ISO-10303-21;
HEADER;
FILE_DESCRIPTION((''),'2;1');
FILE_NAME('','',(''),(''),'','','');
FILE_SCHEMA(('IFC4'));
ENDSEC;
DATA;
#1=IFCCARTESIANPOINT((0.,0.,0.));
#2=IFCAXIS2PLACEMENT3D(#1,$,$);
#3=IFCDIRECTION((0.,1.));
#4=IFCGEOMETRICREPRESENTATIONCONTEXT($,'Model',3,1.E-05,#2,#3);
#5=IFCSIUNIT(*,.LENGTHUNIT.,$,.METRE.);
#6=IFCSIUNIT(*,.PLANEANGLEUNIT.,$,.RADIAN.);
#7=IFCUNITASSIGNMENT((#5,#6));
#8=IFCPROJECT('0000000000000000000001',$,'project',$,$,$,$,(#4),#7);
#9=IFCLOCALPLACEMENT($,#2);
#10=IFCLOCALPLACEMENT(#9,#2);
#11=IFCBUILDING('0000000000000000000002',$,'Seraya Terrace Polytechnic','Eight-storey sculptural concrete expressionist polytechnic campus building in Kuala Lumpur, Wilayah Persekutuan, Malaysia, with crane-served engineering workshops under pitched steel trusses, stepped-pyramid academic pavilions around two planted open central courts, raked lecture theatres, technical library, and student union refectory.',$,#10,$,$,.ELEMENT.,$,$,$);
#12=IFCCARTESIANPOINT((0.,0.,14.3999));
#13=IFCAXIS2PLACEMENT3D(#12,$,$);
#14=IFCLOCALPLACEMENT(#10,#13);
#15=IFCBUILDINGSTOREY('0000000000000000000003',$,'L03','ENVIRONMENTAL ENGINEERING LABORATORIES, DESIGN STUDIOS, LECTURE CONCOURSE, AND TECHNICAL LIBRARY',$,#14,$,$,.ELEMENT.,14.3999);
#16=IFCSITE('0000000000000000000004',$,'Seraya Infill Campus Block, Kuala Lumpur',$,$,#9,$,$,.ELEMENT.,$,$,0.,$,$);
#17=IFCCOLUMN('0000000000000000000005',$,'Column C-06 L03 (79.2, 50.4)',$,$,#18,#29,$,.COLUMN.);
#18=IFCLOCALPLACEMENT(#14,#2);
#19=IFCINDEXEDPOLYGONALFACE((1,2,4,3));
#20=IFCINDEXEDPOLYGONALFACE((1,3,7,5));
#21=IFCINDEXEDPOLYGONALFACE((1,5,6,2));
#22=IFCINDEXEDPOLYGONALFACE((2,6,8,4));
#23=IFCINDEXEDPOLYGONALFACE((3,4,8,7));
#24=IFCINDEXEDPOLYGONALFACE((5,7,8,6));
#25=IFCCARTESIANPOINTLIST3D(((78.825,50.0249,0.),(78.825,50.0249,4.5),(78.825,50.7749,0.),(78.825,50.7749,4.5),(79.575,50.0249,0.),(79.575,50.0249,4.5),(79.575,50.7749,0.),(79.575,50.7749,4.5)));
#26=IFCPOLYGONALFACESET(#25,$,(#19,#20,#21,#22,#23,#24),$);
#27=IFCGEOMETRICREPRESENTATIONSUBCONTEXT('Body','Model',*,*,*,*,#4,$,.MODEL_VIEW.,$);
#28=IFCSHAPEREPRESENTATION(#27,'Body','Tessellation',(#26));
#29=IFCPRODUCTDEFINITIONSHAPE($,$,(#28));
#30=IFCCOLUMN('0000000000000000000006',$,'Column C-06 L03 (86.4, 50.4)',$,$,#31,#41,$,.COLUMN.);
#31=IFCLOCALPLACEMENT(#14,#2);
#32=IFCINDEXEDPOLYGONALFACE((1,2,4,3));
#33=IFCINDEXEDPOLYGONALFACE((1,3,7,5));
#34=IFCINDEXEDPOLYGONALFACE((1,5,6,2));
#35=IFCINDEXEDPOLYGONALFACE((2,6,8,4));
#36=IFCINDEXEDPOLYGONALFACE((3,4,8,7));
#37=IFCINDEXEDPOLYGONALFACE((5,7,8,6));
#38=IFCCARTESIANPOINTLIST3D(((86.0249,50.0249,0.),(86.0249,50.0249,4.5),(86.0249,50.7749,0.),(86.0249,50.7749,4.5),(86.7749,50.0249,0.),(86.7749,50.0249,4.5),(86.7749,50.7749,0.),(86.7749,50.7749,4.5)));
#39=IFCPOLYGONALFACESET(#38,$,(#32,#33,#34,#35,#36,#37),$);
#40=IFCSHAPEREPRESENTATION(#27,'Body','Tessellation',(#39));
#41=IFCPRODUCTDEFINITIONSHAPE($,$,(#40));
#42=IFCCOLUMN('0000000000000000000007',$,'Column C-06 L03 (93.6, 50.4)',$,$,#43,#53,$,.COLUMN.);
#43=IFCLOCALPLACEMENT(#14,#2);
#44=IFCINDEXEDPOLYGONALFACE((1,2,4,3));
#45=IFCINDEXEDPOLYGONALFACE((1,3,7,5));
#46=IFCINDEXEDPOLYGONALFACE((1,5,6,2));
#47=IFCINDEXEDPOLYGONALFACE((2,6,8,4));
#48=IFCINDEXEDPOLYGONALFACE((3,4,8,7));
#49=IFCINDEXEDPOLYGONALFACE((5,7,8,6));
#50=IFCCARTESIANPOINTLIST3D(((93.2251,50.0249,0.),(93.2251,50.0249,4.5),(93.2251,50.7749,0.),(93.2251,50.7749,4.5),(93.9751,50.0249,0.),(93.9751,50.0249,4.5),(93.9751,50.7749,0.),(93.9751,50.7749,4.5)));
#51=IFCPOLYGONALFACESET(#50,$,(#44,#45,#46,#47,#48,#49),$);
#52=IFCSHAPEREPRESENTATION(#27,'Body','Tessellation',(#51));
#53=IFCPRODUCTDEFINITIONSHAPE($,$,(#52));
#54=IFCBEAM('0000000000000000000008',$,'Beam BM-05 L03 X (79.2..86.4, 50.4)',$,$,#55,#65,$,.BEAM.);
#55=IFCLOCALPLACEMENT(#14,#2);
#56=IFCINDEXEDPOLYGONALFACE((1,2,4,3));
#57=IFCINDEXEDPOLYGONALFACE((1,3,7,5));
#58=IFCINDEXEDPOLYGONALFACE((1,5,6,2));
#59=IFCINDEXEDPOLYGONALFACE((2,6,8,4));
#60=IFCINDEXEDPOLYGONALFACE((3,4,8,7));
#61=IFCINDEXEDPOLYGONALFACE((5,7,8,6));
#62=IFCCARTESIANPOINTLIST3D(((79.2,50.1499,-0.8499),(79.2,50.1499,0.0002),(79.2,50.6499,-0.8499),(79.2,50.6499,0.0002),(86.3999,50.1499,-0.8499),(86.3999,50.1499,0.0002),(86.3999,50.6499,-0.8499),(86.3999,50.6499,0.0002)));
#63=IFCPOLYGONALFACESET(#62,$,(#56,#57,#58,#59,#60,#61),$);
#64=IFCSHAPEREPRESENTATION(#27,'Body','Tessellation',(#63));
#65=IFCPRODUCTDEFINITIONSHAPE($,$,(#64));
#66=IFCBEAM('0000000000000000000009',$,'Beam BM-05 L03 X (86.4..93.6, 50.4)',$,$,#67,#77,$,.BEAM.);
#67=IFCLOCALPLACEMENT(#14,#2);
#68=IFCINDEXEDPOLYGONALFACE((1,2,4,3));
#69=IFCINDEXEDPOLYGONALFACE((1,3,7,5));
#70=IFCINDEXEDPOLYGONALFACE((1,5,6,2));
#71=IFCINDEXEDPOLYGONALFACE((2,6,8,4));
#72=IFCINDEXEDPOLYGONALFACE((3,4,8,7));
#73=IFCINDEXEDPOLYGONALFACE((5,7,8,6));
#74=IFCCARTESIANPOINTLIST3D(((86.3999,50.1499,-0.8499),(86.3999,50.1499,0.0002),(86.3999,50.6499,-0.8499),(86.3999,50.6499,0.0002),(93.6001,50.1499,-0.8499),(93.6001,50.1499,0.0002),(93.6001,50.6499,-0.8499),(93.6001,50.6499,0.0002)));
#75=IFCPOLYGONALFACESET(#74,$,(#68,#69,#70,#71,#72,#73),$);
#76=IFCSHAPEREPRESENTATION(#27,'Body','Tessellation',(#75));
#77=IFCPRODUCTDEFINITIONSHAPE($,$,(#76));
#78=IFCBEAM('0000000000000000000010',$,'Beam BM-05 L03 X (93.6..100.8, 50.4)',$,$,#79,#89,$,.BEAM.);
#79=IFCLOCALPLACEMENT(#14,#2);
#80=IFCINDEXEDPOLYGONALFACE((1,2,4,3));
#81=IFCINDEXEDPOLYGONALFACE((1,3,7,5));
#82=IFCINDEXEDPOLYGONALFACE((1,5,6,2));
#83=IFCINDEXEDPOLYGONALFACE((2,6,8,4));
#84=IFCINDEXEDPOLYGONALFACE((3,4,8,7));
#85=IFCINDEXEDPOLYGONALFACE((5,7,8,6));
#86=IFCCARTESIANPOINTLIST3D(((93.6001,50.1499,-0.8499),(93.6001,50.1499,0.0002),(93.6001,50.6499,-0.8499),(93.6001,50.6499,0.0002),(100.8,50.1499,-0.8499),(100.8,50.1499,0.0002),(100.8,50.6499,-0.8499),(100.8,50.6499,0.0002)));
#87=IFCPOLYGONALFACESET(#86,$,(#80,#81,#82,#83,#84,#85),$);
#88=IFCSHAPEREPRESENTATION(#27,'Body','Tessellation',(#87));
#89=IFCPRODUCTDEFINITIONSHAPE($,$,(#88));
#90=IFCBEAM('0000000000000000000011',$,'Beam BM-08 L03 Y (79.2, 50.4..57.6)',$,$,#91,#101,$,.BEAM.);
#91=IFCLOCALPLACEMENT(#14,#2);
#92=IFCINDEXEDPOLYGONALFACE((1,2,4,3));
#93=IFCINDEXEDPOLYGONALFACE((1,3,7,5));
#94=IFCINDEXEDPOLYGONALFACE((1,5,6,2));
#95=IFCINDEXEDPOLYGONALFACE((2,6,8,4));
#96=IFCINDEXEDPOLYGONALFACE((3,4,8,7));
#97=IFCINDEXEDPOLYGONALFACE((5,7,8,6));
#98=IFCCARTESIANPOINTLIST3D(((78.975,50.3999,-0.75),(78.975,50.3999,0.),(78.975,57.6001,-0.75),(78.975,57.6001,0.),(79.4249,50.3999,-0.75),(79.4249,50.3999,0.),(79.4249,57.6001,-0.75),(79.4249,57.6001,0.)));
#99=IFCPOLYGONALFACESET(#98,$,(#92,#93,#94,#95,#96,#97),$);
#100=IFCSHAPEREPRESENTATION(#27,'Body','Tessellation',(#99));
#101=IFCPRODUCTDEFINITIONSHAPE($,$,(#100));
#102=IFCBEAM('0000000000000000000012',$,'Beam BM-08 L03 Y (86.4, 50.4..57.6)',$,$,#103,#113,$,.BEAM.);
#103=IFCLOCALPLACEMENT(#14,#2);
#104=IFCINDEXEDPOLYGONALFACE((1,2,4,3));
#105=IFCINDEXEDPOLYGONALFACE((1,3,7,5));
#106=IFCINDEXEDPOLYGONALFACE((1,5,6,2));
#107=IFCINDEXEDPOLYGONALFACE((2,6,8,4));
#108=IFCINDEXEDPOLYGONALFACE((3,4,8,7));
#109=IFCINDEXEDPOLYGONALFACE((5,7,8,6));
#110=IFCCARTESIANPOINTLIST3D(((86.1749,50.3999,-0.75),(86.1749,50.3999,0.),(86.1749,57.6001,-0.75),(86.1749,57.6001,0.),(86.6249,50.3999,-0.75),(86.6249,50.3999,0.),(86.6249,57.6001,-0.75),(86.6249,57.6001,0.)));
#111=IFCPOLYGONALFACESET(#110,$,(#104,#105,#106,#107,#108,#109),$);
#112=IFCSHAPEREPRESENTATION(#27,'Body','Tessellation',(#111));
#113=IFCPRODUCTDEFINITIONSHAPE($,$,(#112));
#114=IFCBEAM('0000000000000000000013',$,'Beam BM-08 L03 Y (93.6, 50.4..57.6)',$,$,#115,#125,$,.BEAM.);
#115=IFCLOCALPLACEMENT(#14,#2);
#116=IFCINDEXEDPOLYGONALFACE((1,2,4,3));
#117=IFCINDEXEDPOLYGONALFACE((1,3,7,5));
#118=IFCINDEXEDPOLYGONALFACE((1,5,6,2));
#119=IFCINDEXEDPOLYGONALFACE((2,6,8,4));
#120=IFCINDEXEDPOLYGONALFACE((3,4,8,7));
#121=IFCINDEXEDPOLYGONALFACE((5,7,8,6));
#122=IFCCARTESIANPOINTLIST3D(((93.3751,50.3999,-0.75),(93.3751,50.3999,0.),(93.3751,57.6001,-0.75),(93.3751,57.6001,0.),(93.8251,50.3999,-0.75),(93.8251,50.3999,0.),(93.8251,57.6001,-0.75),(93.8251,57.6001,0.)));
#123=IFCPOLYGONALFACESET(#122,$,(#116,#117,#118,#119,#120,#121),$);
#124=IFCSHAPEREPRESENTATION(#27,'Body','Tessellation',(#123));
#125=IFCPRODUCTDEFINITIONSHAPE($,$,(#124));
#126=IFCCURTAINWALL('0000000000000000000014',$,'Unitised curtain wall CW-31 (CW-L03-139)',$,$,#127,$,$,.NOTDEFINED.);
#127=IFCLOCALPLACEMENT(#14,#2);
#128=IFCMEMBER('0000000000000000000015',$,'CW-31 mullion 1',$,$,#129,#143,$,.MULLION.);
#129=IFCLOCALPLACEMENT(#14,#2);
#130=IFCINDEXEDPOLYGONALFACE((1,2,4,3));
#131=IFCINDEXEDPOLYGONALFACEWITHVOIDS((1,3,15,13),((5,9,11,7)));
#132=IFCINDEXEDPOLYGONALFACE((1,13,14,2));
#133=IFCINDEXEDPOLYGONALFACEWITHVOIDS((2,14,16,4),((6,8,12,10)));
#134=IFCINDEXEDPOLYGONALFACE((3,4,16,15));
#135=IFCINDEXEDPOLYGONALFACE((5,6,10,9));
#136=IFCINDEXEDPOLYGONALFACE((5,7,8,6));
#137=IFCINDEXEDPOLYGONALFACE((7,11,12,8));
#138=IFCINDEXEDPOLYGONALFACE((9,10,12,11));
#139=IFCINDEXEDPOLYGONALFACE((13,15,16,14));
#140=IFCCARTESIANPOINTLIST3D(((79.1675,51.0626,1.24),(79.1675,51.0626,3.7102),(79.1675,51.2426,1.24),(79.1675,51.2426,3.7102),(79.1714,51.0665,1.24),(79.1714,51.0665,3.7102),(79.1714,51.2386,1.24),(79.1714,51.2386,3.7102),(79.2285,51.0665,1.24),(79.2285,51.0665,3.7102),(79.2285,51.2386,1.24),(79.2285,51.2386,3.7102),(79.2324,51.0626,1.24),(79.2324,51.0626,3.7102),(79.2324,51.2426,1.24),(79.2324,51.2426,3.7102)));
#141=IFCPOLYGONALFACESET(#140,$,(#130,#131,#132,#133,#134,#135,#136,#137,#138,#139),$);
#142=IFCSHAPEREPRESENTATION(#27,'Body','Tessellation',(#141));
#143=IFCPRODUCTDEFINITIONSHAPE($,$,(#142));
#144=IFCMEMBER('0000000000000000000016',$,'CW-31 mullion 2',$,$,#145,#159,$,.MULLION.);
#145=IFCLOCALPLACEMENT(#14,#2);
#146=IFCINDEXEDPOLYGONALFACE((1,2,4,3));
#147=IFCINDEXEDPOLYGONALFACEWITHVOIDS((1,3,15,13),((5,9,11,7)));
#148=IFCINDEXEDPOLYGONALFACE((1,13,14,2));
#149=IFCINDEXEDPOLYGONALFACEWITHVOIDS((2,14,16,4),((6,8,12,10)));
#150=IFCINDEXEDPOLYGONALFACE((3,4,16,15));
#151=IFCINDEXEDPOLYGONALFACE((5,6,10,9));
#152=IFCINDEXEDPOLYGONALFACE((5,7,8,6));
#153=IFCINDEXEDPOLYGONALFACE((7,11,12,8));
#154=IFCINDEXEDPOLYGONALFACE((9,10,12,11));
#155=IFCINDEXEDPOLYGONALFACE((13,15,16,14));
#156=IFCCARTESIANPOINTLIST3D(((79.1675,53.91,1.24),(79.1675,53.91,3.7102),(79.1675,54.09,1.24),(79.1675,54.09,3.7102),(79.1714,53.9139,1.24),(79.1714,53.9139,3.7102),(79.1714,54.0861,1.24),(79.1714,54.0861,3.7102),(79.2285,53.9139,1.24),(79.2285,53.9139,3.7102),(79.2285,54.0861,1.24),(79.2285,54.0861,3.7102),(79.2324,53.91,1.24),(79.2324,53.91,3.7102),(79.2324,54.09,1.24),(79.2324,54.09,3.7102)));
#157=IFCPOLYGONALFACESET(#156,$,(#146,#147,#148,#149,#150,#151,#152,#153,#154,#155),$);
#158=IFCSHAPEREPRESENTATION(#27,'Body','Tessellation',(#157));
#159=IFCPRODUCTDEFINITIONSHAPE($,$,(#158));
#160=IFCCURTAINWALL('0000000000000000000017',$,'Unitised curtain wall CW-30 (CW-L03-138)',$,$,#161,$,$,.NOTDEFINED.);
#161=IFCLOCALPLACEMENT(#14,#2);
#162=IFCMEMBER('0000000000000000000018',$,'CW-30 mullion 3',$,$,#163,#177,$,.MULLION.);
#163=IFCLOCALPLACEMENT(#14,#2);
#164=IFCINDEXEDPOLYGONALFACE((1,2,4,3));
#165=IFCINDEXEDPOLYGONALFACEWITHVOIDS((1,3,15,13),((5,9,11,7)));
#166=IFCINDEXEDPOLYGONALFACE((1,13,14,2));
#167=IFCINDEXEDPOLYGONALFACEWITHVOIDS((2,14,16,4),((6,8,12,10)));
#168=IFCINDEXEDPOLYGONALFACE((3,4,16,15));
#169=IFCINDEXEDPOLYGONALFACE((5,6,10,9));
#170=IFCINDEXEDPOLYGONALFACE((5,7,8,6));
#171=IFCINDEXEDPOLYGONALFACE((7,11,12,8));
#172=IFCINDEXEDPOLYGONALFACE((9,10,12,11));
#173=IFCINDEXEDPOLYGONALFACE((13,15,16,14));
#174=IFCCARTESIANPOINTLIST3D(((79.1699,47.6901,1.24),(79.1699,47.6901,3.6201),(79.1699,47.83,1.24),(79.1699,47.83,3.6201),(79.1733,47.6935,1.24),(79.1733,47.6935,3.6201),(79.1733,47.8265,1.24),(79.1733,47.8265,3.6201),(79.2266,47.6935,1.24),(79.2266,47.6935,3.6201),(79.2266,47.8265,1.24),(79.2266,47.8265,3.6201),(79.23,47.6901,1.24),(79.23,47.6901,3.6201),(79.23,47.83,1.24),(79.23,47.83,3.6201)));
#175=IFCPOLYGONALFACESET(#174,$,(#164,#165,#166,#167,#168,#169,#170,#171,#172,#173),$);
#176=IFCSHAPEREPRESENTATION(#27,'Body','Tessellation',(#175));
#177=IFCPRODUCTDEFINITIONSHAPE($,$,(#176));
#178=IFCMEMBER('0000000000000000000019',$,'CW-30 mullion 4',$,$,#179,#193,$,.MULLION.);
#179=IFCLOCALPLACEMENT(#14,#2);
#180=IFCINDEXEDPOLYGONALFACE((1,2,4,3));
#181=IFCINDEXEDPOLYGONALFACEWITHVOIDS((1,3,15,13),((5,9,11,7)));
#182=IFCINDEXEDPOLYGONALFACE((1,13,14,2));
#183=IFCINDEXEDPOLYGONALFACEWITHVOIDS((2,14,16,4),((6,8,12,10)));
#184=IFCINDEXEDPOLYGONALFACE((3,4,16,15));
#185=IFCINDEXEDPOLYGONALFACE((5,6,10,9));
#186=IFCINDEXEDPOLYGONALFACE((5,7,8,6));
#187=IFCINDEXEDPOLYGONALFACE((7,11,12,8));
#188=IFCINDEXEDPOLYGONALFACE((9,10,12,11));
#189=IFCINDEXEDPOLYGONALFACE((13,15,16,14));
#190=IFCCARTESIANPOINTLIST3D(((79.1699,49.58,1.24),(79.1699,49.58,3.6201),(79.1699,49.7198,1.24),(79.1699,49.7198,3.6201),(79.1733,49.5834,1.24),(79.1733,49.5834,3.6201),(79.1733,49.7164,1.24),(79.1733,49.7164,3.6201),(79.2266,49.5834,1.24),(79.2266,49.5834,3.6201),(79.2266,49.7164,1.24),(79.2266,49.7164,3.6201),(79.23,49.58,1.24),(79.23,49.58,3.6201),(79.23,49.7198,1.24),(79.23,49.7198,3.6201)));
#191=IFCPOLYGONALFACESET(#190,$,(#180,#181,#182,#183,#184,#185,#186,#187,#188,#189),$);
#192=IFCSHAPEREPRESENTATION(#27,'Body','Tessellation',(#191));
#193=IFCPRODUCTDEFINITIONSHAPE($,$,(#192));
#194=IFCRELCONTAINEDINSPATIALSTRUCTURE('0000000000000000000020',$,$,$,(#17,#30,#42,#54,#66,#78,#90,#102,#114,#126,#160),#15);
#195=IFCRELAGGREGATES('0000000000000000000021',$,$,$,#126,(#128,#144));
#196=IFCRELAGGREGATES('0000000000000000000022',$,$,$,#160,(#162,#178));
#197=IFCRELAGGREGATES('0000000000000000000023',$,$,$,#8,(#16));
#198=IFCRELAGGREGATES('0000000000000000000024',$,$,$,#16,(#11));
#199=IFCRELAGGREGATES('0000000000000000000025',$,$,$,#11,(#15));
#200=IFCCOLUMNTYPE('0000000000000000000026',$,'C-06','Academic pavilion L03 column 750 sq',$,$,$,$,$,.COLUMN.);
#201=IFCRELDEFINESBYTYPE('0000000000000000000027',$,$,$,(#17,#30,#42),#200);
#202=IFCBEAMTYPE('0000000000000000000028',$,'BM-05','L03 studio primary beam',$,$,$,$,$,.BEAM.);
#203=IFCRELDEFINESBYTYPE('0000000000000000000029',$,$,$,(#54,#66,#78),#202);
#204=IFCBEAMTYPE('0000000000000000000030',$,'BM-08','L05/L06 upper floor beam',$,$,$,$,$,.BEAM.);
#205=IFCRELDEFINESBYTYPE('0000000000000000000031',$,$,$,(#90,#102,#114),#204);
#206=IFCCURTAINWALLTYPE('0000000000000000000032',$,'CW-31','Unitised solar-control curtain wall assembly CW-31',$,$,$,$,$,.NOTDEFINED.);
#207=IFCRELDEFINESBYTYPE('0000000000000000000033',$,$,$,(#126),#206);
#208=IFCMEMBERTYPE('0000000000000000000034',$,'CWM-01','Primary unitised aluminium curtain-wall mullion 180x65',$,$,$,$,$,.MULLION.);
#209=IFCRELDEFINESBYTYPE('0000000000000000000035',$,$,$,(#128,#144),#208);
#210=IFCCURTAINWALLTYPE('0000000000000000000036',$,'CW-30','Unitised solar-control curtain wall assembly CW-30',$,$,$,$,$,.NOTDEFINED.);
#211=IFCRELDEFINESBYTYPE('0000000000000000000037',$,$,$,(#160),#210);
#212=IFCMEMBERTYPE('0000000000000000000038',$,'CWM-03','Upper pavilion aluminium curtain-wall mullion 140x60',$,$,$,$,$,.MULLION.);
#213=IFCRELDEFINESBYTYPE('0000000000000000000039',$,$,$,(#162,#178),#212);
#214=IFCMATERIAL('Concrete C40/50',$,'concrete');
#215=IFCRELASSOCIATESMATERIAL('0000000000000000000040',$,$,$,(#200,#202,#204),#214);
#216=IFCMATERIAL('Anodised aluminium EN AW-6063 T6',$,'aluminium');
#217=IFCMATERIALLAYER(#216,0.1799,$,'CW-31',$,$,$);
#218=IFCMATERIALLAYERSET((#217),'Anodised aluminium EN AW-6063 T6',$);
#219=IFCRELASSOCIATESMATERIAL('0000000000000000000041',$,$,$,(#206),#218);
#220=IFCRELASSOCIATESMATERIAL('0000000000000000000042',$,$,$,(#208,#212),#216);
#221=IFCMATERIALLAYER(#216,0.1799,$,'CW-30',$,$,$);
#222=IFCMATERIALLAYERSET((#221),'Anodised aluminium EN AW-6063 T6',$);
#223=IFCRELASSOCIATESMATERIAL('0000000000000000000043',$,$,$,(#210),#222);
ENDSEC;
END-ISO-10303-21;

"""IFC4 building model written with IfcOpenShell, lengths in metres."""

from ifc_helpers import new_model, si_unit, direction, frame, origin, origin_2d, place, context, subcontext, project, spatial, rectangle, hollow_rectangle, extrude, material, layer, layer_set, material_profile, profile_set, type_object, element, aggregate, save


model = new_model("IFC4")

# Units and contexts
model_context = context("Model", 3, precision=1e-05, world=origin(), true_north=direction((0.0, 1.0)))
body_context = subcontext(model_context, "Body", "Model", "MODEL_VIEW")
ifc_project = project(units=[si_unit("LENGTHUNIT", "METRE"), si_unit("PLANEANGLEUNIT", "RADIAN")], contexts=[model_context])

# Site, building, storey
site_placement = place(None, origin())
site = spatial("IfcSite", under=ifc_project, at=site_placement, Name="Seraya Infill Campus Block, Kuala Lumpur", CompositionType="ELEMENT", RefElevation=0.0)
building_placement = place(site_placement, origin())
building = spatial("IfcBuilding", under=site, at=building_placement, Name="Seraya Terrace Polytechnic", Description="Eight-storey sculptural concrete expressionist polytechnic campus building in Kuala Lumpur, Wilayah Persekutuan, Malaysia, with crane-served engineering workshops under pitched steel trusses, stepped-pyramid academic pavilions around two planted open central courts, raked lecture theatres, technical library, and student union refectory.", CompositionType="ELEMENT")
storey_placement = place(building_placement, frame((0.0, 0.0, 14.3999)))
storey = spatial("IfcBuildingStorey", under=building, at=storey_placement, Name="L03", Description="ENVIRONMENTAL ENGINEERING LABORATORIES, DESIGN STUDIOS, LECTURE CONCOURSE, AND TECHNICAL LIBRARY", CompositionType="ELEMENT", Elevation=14.3999)

# Columns
ifc_material_1 = material(Name="Concrete C40/50", Category="concrete")
ifc_material_profile_1 = material_profile(ifc_material_1, rectangle(XDim=0.75, YDim=0.75, at=origin_2d()), Name="RC 750x750")
ifc_profile_set_1 = profile_set([ifc_material_profile_1], Name="Concrete C40/50")
column_type = type_object("IfcColumnType", Name="C-06", Description="Academic pavilion L03 column 750 sq", PredefinedType="COLUMN", material=ifc_profile_set_1)
for number, where, z_axis, x_axis, name in (
    (1, (79.2, 50.3999, 0.0), (0.0, 0.0, 1.0), (1.0, 0.0, 0.0), "Column C-06 L03 (79.2, 50.4)"),
    (2, (86.3999, 50.3999, 0.0), (0.0, 0.0, 1.0), (1.0, 0.0, 0.0), "Column C-06 L03 (86.4, 50.4)"),
    (3, (93.6001, 50.3999, 0.0), (0.0, 0.0, 1.0), (1.0, 0.0, 0.0), "Column C-06 L03 (93.6, 50.4)"),
):
    element("IfcColumn", number, at=place(storey_placement, frame(where, z_axis=z_axis, x_axis=x_axis)), inside=storey, type_object=column_type, Name=name, PredefinedType="COLUMN", context=body_context, shape_type="SweptSolid", body=[
        extrude(rectangle(XDim=0.75, YDim=0.75, at=origin_2d()), origin(), (0.0, 0.0, 1.0), 4.5),
    ])

# Beams
ifc_material_profile_2 = material_profile(ifc_material_1, rectangle(XDim=0.5, YDim=0.8501, at=origin_2d()), Name="RC 500x850")
ifc_profile_set_2 = profile_set([ifc_material_profile_2], Name="Concrete C40/50")
beam_type_1 = type_object("IfcBeamType", Name="BM-05", Description="L03 studio primary beam", PredefinedType="BEAM", material=ifc_profile_set_2)
beam_1_placement = place(storey_placement, frame((79.2, 50.3999, -0.4248), z_axis=(1.0, 0.0, 0.0), x_axis=(0.0, 1.0, 0.0)))
element("IfcBeam", 4, at=beam_1_placement, inside=storey, type_object=beam_type_1, Name="Beam BM-05 L03 X (79.2..86.4, 50.4)", PredefinedType="BEAM", context=body_context, shape_type="SweptSolid", body=[
    extrude(rectangle(XDim=0.5, YDim=0.8501, at=origin_2d()), origin(), (0.0, 0.0, 1.0), 7.2),
])
beam_2_placement = place(storey_placement, frame((86.3999, 50.3999, -0.4248), z_axis=(1.0, 0.0, 0.0), x_axis=(0.0, 1.0, 0.0)))
element("IfcBeam", 5, at=beam_2_placement, inside=storey, type_object=beam_type_1, Name="Beam BM-05 L03 X (86.4..93.6, 50.4)", PredefinedType="BEAM", context=body_context, shape_type="SweptSolid", body=[
    extrude(rectangle(XDim=0.5, YDim=0.8501, at=origin_2d()), origin(), (0.0, 0.0, 1.0), 7.2002),
])
beam_3_placement = place(storey_placement, frame((93.6001, 50.3999, -0.4248), z_axis=(1.0, 0.0, 0.0), x_axis=(0.0, 1.0, 0.0)))
element("IfcBeam", 6, at=beam_3_placement, inside=storey, type_object=beam_type_1, Name="Beam BM-05 L03 X (93.6..100.8, 50.4)", PredefinedType="BEAM", context=body_context, shape_type="SweptSolid", body=[
    extrude(rectangle(XDim=0.5, YDim=0.8501, at=origin_2d()), origin(), (0.0, 0.0, 1.0), 7.2),
])
ifc_material_profile_3 = material_profile(ifc_material_1, rectangle(XDim=0.45, YDim=0.75, at=origin_2d()), Name="RC 450x750")
ifc_profile_set_3 = profile_set([ifc_material_profile_3], Name="Concrete C40/50")
beam_type_2 = type_object("IfcBeamType", Name="BM-08", Description="L05/L06 upper floor beam", PredefinedType="BEAM", material=ifc_profile_set_3)
for number, where, z_axis, x_axis, name in (
    (7, (79.2, 50.3999, -0.375), (0.0, 1.0, 0.0), (-1.0, 0.0, 0.0), "Beam BM-08 L03 Y (79.2, 50.4..57.6)"),
    (8, (86.3999, 50.3999, -0.375), (0.0, 1.0, 0.0), (-1.0, 0.0, 0.0), "Beam BM-08 L03 Y (86.4, 50.4..57.6)"),
    (9, (93.6001, 50.3999, -0.375), (0.0, 1.0, 0.0), (-1.0, 0.0, 0.0), "Beam BM-08 L03 Y (93.6, 50.4..57.6)"),
):
    element("IfcBeam", number, at=place(storey_placement, frame(where, z_axis=z_axis, x_axis=x_axis)), inside=storey, type_object=beam_type_2, Name=name, PredefinedType="BEAM", context=body_context, shape_type="SweptSolid", body=[
        extrude(rectangle(XDim=0.45, YDim=0.75, at=origin_2d()), origin(), (0.0, 0.0, 1.0), 7.2002),
    ])

# Curtain walls, members
ifc_material_2 = material(Name="Anodised aluminium EN AW-6063 T6", Category="aluminium")
ifc_layer_1 = layer(ifc_material_2, 0.1799, Name="CW-31")
ifc_layer_set_1 = layer_set([ifc_layer_1], Name="Anodised aluminium EN AW-6063 T6")
curtain_wall_type_1 = type_object("IfcCurtainWallType", Name="CW-31", Description="Unitised solar-control curtain wall assembly CW-31", PredefinedType="NOTDEFINED", material=ifc_layer_set_1)
curtain_wall_1_placement = place(storey_placement, origin())
curtain_wall_1 = element("IfcCurtainWall", 10, at=curtain_wall_1_placement, inside=storey, type_object=curtain_wall_type_1, Name="Unitised curtain wall CW-31 (CW-L03-139)", PredefinedType="NOTDEFINED")
ifc_material_profile_4 = material_profile(ifc_material_2, hollow_rectangle(XDim=0.0649, YDim=0.1799, WallThickness=0.0039, at=origin_2d()), Name="RHS 180x65x4.0")
ifc_profile_set_4 = profile_set([ifc_material_profile_4], Name="Anodised aluminium EN AW-6063 T6")
member_type_1 = type_object("IfcMemberType", Name="CWM-01", Description="Primary unitised aluminium curtain-wall mullion 180x65", PredefinedType="MULLION", material=ifc_profile_set_4)
member_1_placement = place(storey_placement, frame((79.2, 51.1526, 1.24), z_axis=(0.0, 0.0, 1.0), x_axis=(-1.0, 0.0, 0.0)))
member_1 = element("IfcMember", 11, at=member_1_placement, type_object=member_type_1, Name="CW-31 mullion 1", PredefinedType="MULLION", context=body_context, shape_type="SweptSolid", body=[
    extrude(hollow_rectangle(XDim=0.0649, YDim=0.1799, WallThickness=0.0039, at=origin_2d()), origin(), (0.0, 0.0, 1.0), 2.4702),
])
member_2_placement = place(storey_placement, frame((79.2, 54.0, 1.24), z_axis=(0.0, 0.0, 1.0), x_axis=(-1.0, 0.0, 0.0)))
member_2 = element("IfcMember", 12, at=member_2_placement, type_object=member_type_1, Name="CW-31 mullion 2", PredefinedType="MULLION", context=body_context, shape_type="SweptSolid", body=[
    extrude(hollow_rectangle(XDim=0.0649, YDim=0.1799, WallThickness=0.0039, at=origin_2d()), origin(), (0.0, 0.0, 1.0), 2.4702),
])
ifc_layer_2 = layer(ifc_material_2, 0.1799, Name="CW-30")
ifc_layer_set_2 = layer_set([ifc_layer_2], Name="Anodised aluminium EN AW-6063 T6")
curtain_wall_type_2 = type_object("IfcCurtainWallType", Name="CW-30", Description="Unitised solar-control curtain wall assembly CW-30", PredefinedType="NOTDEFINED", material=ifc_layer_set_2)
curtain_wall_2_placement = place(storey_placement, origin())
curtain_wall_2 = element("IfcCurtainWall", 13, at=curtain_wall_2_placement, inside=storey, type_object=curtain_wall_type_2, Name="Unitised curtain wall CW-30 (CW-L03-138)", PredefinedType="NOTDEFINED")
ifc_material_profile_5 = material_profile(ifc_material_2, hollow_rectangle(XDim=0.0601, YDim=0.1399, WallThickness=0.0034, at=origin_2d()), Name="RHS 140x60x3.5")
ifc_profile_set_5 = profile_set([ifc_material_profile_5], Name="Anodised aluminium EN AW-6063 T6")
member_type_2 = type_object("IfcMemberType", Name="CWM-03", Description="Upper pavilion aluminium curtain-wall mullion 140x60", PredefinedType="MULLION", material=ifc_profile_set_5)
member_3_placement = place(storey_placement, frame((79.2, 47.76, 1.24), z_axis=(0.0, 0.0, 1.0), x_axis=(-1.0, 0.0, 0.0)))
member_3 = element("IfcMember", 14, at=member_3_placement, type_object=member_type_2, Name="CW-30 mullion 3", PredefinedType="MULLION", context=body_context, shape_type="SweptSolid", body=[
    extrude(hollow_rectangle(XDim=0.0601, YDim=0.1399, WallThickness=0.0034, at=origin_2d()), origin(), (0.0, 0.0, 1.0), 2.3801),
])
member_4_placement = place(storey_placement, frame((79.2, 49.6499, 1.24), z_axis=(0.0, 0.0, 1.0), x_axis=(-1.0, 0.0, 0.0)))
member_4 = element("IfcMember", 15, at=member_4_placement, type_object=member_type_2, Name="CW-30 mullion 4", PredefinedType="MULLION", context=body_context, shape_type="SweptSolid", body=[
    extrude(hollow_rectangle(XDim=0.0601, YDim=0.1399, WallThickness=0.0034, at=origin_2d()), origin(), (0.0, 0.0, 1.0), 2.3801),
])

aggregate(curtain_wall_1, [member_1, member_2])
aggregate(curtain_wall_2, [member_3, member_4])

save(model, "model.ifc")
